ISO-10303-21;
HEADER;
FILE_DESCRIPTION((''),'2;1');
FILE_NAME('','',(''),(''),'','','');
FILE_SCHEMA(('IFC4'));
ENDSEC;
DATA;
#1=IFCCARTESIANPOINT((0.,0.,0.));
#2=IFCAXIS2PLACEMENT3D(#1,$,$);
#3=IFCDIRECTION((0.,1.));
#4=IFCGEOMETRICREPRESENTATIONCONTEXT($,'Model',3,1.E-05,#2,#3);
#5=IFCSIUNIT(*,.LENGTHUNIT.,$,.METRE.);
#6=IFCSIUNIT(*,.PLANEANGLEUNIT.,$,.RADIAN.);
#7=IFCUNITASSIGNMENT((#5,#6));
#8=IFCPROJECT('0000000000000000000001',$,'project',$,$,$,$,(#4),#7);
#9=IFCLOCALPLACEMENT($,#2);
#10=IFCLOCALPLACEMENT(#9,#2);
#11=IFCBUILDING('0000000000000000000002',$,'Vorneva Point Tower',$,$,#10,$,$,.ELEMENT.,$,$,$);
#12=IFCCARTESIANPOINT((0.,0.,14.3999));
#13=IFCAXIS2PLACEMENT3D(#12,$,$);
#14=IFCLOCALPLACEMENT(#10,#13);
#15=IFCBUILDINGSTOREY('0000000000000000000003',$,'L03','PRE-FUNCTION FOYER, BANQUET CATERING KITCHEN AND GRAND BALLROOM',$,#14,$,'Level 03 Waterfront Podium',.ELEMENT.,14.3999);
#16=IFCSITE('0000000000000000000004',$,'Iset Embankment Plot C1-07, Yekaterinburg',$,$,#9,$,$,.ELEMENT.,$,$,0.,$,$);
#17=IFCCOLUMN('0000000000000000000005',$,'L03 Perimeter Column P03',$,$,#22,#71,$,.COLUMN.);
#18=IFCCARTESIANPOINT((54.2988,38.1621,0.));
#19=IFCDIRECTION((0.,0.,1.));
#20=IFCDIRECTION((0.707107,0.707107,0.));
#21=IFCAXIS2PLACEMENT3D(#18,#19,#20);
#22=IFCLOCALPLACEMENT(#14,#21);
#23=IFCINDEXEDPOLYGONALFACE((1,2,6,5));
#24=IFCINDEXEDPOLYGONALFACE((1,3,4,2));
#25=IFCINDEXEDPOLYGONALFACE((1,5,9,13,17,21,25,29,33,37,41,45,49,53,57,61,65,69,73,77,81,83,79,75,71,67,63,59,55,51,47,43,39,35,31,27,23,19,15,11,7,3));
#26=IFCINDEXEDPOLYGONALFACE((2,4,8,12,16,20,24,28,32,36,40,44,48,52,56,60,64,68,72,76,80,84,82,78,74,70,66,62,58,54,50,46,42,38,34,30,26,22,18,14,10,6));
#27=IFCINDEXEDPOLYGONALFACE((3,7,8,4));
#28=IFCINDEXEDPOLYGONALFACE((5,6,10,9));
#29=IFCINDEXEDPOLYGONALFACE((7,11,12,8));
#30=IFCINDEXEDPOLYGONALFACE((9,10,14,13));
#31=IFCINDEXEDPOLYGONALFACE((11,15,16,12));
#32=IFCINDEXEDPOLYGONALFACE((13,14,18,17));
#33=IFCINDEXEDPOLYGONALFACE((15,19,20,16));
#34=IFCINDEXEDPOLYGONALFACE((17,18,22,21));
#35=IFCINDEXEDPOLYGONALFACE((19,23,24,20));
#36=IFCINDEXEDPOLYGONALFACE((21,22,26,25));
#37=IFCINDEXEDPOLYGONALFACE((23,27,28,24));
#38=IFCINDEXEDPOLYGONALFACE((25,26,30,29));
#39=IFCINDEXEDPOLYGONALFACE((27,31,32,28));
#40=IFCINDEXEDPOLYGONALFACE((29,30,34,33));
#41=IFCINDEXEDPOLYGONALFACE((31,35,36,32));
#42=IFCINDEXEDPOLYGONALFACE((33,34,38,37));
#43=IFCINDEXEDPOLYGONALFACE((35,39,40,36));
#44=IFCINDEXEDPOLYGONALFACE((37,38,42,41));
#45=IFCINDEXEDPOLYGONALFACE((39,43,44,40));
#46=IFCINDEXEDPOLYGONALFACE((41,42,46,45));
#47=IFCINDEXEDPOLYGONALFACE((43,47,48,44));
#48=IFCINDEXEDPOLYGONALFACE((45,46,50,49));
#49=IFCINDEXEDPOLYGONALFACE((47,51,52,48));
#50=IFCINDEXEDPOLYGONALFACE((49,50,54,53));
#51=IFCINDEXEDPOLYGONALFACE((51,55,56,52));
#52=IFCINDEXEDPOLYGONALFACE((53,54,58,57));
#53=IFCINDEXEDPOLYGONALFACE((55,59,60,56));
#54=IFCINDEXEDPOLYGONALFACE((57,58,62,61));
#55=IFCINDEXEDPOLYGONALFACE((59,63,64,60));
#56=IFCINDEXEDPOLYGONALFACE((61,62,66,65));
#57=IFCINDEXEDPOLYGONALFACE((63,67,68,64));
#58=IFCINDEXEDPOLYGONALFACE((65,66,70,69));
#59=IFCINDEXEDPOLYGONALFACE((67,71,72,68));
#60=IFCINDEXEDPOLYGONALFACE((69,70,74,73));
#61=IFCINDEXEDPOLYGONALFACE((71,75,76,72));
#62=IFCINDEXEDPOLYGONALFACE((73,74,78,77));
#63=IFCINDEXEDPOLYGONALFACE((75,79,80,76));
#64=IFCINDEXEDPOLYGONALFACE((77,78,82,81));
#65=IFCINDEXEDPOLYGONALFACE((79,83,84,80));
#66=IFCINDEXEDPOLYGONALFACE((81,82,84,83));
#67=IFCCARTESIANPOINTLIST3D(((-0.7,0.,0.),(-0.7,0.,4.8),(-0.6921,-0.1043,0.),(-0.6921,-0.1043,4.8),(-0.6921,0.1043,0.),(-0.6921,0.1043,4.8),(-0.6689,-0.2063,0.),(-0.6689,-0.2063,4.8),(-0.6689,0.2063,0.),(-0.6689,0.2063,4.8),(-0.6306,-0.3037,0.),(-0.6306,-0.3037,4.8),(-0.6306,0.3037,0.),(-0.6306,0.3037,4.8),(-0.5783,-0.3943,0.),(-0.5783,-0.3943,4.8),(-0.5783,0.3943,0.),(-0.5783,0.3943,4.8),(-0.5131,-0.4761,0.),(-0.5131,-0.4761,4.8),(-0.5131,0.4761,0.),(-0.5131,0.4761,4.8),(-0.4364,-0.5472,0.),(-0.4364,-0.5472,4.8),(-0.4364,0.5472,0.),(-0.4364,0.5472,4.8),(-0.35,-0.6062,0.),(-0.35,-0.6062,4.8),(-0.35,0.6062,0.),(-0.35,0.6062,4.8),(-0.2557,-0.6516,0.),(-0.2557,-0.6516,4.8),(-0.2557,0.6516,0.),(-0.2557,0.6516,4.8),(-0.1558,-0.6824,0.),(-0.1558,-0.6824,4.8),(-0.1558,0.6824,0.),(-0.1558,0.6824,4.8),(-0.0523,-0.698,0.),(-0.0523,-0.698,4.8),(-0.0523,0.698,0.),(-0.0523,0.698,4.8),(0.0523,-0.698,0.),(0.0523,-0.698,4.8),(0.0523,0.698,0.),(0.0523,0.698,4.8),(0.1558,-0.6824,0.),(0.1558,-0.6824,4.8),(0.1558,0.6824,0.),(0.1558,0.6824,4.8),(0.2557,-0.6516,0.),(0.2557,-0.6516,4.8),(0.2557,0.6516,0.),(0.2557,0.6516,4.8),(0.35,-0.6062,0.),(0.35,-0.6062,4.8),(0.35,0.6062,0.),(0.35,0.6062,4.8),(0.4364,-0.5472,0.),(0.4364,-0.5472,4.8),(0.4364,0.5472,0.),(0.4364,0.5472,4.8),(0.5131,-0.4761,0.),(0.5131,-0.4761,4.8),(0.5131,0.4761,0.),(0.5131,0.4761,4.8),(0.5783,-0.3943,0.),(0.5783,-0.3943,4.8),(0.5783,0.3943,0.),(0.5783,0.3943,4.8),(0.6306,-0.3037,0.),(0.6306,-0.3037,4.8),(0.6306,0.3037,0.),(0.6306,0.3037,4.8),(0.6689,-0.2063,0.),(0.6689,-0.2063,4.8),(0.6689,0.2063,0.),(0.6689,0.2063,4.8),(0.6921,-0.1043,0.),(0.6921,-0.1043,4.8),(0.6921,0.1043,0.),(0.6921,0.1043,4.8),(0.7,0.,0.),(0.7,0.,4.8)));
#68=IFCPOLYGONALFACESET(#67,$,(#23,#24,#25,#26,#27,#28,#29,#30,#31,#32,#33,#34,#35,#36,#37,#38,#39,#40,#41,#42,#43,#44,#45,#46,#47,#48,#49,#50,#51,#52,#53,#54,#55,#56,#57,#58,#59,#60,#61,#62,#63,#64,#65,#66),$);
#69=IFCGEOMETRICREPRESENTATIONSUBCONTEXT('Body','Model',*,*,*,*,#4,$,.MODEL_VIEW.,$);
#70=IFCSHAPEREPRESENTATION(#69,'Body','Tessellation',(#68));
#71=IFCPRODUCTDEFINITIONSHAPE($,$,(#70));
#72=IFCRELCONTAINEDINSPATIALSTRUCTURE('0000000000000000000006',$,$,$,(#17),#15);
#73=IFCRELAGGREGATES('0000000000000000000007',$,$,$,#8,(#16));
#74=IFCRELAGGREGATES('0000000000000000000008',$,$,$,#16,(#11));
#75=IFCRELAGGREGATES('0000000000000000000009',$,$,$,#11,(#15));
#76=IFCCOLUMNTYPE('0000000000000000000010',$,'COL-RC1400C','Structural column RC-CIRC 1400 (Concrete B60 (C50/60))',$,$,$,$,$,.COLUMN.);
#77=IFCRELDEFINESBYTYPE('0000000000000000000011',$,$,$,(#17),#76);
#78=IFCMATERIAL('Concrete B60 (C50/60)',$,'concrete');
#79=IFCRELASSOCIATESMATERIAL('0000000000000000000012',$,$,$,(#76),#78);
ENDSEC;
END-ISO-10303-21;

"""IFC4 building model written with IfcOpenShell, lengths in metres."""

from ifc_helpers import new_model, si_unit, direction, frame, origin, origin_2d, place, context, subcontext, project, spatial, circle, extrude, material, material_profile, profile_set, type_object, element, save


model = new_model("IFC4")

# Units and contexts
model_context = context("Model", 3, precision=1e-05, world=origin(), true_north=direction((0.0, 1.0)))
body_context = subcontext(model_context, "Body", "Model", "MODEL_VIEW")
ifc_project = project(units=[si_unit("LENGTHUNIT", "METRE"), si_unit("PLANEANGLEUNIT", "RADIAN")], contexts=[model_context])

# Site, building, storey
site_placement = place(None, origin())
site = spatial("IfcSite", under=ifc_project, at=site_placement, Name="Iset Embankment Plot C1-07, Yekaterinburg", CompositionType="ELEMENT", RefElevation=0.0)
building_placement = place(site_placement, origin())
building = spatial("IfcBuilding", under=site, at=building_placement, Name="Vorneva Point Tower", CompositionType="ELEMENT")
storey_placement = place(building_placement, frame((0.0, 0.0, 14.3999)))
storey = spatial("IfcBuildingStorey", under=building, at=storey_placement, Name="L03", Description="PRE-FUNCTION FOYER, BANQUET CATERING KITCHEN AND GRAND BALLROOM", LongName="Level 03 Waterfront Podium", CompositionType="ELEMENT", Elevation=14.3999)

# Column
ifc_material_1 = material(Name="Concrete B60 (C50/60)", Category="concrete")
ifc_material_profile_1 = material_profile(ifc_material_1, circle(Radius=0.7, at=origin_2d()), Name="RC-CIRC 1400")
ifc_profile_set_1 = profile_set([ifc_material_profile_1], Name="Concrete B60 (C50/60)")
column_type_1 = type_object("IfcColumnType", Name="COL-RC1400C", Description="Structural column RC-CIRC 1400 (Concrete B60 (C50/60))", PredefinedType="COLUMN", material=ifc_profile_set_1)
for number, where, z_axis, x_axis, name in (
    (1, (54.2988, 38.1621, 0.0), (0.0, 0.0, 1.0), (0.707107, 0.707107, 0.0), "L03 Perimeter Column P03"),
):
    element("IfcColumn", number, at=place(storey_placement, frame(where, z_axis=z_axis, x_axis=x_axis)), inside=storey, type_object=column_type_1, Name=name, PredefinedType="COLUMN", context=body_context, shape_type="SweptSolid", body=[
        extrude(circle(Radius=0.7, at=origin_2d()), origin(), (0.0, 0.0, 1.0), 4.8),
    ])

save(model, "model.ifc")
